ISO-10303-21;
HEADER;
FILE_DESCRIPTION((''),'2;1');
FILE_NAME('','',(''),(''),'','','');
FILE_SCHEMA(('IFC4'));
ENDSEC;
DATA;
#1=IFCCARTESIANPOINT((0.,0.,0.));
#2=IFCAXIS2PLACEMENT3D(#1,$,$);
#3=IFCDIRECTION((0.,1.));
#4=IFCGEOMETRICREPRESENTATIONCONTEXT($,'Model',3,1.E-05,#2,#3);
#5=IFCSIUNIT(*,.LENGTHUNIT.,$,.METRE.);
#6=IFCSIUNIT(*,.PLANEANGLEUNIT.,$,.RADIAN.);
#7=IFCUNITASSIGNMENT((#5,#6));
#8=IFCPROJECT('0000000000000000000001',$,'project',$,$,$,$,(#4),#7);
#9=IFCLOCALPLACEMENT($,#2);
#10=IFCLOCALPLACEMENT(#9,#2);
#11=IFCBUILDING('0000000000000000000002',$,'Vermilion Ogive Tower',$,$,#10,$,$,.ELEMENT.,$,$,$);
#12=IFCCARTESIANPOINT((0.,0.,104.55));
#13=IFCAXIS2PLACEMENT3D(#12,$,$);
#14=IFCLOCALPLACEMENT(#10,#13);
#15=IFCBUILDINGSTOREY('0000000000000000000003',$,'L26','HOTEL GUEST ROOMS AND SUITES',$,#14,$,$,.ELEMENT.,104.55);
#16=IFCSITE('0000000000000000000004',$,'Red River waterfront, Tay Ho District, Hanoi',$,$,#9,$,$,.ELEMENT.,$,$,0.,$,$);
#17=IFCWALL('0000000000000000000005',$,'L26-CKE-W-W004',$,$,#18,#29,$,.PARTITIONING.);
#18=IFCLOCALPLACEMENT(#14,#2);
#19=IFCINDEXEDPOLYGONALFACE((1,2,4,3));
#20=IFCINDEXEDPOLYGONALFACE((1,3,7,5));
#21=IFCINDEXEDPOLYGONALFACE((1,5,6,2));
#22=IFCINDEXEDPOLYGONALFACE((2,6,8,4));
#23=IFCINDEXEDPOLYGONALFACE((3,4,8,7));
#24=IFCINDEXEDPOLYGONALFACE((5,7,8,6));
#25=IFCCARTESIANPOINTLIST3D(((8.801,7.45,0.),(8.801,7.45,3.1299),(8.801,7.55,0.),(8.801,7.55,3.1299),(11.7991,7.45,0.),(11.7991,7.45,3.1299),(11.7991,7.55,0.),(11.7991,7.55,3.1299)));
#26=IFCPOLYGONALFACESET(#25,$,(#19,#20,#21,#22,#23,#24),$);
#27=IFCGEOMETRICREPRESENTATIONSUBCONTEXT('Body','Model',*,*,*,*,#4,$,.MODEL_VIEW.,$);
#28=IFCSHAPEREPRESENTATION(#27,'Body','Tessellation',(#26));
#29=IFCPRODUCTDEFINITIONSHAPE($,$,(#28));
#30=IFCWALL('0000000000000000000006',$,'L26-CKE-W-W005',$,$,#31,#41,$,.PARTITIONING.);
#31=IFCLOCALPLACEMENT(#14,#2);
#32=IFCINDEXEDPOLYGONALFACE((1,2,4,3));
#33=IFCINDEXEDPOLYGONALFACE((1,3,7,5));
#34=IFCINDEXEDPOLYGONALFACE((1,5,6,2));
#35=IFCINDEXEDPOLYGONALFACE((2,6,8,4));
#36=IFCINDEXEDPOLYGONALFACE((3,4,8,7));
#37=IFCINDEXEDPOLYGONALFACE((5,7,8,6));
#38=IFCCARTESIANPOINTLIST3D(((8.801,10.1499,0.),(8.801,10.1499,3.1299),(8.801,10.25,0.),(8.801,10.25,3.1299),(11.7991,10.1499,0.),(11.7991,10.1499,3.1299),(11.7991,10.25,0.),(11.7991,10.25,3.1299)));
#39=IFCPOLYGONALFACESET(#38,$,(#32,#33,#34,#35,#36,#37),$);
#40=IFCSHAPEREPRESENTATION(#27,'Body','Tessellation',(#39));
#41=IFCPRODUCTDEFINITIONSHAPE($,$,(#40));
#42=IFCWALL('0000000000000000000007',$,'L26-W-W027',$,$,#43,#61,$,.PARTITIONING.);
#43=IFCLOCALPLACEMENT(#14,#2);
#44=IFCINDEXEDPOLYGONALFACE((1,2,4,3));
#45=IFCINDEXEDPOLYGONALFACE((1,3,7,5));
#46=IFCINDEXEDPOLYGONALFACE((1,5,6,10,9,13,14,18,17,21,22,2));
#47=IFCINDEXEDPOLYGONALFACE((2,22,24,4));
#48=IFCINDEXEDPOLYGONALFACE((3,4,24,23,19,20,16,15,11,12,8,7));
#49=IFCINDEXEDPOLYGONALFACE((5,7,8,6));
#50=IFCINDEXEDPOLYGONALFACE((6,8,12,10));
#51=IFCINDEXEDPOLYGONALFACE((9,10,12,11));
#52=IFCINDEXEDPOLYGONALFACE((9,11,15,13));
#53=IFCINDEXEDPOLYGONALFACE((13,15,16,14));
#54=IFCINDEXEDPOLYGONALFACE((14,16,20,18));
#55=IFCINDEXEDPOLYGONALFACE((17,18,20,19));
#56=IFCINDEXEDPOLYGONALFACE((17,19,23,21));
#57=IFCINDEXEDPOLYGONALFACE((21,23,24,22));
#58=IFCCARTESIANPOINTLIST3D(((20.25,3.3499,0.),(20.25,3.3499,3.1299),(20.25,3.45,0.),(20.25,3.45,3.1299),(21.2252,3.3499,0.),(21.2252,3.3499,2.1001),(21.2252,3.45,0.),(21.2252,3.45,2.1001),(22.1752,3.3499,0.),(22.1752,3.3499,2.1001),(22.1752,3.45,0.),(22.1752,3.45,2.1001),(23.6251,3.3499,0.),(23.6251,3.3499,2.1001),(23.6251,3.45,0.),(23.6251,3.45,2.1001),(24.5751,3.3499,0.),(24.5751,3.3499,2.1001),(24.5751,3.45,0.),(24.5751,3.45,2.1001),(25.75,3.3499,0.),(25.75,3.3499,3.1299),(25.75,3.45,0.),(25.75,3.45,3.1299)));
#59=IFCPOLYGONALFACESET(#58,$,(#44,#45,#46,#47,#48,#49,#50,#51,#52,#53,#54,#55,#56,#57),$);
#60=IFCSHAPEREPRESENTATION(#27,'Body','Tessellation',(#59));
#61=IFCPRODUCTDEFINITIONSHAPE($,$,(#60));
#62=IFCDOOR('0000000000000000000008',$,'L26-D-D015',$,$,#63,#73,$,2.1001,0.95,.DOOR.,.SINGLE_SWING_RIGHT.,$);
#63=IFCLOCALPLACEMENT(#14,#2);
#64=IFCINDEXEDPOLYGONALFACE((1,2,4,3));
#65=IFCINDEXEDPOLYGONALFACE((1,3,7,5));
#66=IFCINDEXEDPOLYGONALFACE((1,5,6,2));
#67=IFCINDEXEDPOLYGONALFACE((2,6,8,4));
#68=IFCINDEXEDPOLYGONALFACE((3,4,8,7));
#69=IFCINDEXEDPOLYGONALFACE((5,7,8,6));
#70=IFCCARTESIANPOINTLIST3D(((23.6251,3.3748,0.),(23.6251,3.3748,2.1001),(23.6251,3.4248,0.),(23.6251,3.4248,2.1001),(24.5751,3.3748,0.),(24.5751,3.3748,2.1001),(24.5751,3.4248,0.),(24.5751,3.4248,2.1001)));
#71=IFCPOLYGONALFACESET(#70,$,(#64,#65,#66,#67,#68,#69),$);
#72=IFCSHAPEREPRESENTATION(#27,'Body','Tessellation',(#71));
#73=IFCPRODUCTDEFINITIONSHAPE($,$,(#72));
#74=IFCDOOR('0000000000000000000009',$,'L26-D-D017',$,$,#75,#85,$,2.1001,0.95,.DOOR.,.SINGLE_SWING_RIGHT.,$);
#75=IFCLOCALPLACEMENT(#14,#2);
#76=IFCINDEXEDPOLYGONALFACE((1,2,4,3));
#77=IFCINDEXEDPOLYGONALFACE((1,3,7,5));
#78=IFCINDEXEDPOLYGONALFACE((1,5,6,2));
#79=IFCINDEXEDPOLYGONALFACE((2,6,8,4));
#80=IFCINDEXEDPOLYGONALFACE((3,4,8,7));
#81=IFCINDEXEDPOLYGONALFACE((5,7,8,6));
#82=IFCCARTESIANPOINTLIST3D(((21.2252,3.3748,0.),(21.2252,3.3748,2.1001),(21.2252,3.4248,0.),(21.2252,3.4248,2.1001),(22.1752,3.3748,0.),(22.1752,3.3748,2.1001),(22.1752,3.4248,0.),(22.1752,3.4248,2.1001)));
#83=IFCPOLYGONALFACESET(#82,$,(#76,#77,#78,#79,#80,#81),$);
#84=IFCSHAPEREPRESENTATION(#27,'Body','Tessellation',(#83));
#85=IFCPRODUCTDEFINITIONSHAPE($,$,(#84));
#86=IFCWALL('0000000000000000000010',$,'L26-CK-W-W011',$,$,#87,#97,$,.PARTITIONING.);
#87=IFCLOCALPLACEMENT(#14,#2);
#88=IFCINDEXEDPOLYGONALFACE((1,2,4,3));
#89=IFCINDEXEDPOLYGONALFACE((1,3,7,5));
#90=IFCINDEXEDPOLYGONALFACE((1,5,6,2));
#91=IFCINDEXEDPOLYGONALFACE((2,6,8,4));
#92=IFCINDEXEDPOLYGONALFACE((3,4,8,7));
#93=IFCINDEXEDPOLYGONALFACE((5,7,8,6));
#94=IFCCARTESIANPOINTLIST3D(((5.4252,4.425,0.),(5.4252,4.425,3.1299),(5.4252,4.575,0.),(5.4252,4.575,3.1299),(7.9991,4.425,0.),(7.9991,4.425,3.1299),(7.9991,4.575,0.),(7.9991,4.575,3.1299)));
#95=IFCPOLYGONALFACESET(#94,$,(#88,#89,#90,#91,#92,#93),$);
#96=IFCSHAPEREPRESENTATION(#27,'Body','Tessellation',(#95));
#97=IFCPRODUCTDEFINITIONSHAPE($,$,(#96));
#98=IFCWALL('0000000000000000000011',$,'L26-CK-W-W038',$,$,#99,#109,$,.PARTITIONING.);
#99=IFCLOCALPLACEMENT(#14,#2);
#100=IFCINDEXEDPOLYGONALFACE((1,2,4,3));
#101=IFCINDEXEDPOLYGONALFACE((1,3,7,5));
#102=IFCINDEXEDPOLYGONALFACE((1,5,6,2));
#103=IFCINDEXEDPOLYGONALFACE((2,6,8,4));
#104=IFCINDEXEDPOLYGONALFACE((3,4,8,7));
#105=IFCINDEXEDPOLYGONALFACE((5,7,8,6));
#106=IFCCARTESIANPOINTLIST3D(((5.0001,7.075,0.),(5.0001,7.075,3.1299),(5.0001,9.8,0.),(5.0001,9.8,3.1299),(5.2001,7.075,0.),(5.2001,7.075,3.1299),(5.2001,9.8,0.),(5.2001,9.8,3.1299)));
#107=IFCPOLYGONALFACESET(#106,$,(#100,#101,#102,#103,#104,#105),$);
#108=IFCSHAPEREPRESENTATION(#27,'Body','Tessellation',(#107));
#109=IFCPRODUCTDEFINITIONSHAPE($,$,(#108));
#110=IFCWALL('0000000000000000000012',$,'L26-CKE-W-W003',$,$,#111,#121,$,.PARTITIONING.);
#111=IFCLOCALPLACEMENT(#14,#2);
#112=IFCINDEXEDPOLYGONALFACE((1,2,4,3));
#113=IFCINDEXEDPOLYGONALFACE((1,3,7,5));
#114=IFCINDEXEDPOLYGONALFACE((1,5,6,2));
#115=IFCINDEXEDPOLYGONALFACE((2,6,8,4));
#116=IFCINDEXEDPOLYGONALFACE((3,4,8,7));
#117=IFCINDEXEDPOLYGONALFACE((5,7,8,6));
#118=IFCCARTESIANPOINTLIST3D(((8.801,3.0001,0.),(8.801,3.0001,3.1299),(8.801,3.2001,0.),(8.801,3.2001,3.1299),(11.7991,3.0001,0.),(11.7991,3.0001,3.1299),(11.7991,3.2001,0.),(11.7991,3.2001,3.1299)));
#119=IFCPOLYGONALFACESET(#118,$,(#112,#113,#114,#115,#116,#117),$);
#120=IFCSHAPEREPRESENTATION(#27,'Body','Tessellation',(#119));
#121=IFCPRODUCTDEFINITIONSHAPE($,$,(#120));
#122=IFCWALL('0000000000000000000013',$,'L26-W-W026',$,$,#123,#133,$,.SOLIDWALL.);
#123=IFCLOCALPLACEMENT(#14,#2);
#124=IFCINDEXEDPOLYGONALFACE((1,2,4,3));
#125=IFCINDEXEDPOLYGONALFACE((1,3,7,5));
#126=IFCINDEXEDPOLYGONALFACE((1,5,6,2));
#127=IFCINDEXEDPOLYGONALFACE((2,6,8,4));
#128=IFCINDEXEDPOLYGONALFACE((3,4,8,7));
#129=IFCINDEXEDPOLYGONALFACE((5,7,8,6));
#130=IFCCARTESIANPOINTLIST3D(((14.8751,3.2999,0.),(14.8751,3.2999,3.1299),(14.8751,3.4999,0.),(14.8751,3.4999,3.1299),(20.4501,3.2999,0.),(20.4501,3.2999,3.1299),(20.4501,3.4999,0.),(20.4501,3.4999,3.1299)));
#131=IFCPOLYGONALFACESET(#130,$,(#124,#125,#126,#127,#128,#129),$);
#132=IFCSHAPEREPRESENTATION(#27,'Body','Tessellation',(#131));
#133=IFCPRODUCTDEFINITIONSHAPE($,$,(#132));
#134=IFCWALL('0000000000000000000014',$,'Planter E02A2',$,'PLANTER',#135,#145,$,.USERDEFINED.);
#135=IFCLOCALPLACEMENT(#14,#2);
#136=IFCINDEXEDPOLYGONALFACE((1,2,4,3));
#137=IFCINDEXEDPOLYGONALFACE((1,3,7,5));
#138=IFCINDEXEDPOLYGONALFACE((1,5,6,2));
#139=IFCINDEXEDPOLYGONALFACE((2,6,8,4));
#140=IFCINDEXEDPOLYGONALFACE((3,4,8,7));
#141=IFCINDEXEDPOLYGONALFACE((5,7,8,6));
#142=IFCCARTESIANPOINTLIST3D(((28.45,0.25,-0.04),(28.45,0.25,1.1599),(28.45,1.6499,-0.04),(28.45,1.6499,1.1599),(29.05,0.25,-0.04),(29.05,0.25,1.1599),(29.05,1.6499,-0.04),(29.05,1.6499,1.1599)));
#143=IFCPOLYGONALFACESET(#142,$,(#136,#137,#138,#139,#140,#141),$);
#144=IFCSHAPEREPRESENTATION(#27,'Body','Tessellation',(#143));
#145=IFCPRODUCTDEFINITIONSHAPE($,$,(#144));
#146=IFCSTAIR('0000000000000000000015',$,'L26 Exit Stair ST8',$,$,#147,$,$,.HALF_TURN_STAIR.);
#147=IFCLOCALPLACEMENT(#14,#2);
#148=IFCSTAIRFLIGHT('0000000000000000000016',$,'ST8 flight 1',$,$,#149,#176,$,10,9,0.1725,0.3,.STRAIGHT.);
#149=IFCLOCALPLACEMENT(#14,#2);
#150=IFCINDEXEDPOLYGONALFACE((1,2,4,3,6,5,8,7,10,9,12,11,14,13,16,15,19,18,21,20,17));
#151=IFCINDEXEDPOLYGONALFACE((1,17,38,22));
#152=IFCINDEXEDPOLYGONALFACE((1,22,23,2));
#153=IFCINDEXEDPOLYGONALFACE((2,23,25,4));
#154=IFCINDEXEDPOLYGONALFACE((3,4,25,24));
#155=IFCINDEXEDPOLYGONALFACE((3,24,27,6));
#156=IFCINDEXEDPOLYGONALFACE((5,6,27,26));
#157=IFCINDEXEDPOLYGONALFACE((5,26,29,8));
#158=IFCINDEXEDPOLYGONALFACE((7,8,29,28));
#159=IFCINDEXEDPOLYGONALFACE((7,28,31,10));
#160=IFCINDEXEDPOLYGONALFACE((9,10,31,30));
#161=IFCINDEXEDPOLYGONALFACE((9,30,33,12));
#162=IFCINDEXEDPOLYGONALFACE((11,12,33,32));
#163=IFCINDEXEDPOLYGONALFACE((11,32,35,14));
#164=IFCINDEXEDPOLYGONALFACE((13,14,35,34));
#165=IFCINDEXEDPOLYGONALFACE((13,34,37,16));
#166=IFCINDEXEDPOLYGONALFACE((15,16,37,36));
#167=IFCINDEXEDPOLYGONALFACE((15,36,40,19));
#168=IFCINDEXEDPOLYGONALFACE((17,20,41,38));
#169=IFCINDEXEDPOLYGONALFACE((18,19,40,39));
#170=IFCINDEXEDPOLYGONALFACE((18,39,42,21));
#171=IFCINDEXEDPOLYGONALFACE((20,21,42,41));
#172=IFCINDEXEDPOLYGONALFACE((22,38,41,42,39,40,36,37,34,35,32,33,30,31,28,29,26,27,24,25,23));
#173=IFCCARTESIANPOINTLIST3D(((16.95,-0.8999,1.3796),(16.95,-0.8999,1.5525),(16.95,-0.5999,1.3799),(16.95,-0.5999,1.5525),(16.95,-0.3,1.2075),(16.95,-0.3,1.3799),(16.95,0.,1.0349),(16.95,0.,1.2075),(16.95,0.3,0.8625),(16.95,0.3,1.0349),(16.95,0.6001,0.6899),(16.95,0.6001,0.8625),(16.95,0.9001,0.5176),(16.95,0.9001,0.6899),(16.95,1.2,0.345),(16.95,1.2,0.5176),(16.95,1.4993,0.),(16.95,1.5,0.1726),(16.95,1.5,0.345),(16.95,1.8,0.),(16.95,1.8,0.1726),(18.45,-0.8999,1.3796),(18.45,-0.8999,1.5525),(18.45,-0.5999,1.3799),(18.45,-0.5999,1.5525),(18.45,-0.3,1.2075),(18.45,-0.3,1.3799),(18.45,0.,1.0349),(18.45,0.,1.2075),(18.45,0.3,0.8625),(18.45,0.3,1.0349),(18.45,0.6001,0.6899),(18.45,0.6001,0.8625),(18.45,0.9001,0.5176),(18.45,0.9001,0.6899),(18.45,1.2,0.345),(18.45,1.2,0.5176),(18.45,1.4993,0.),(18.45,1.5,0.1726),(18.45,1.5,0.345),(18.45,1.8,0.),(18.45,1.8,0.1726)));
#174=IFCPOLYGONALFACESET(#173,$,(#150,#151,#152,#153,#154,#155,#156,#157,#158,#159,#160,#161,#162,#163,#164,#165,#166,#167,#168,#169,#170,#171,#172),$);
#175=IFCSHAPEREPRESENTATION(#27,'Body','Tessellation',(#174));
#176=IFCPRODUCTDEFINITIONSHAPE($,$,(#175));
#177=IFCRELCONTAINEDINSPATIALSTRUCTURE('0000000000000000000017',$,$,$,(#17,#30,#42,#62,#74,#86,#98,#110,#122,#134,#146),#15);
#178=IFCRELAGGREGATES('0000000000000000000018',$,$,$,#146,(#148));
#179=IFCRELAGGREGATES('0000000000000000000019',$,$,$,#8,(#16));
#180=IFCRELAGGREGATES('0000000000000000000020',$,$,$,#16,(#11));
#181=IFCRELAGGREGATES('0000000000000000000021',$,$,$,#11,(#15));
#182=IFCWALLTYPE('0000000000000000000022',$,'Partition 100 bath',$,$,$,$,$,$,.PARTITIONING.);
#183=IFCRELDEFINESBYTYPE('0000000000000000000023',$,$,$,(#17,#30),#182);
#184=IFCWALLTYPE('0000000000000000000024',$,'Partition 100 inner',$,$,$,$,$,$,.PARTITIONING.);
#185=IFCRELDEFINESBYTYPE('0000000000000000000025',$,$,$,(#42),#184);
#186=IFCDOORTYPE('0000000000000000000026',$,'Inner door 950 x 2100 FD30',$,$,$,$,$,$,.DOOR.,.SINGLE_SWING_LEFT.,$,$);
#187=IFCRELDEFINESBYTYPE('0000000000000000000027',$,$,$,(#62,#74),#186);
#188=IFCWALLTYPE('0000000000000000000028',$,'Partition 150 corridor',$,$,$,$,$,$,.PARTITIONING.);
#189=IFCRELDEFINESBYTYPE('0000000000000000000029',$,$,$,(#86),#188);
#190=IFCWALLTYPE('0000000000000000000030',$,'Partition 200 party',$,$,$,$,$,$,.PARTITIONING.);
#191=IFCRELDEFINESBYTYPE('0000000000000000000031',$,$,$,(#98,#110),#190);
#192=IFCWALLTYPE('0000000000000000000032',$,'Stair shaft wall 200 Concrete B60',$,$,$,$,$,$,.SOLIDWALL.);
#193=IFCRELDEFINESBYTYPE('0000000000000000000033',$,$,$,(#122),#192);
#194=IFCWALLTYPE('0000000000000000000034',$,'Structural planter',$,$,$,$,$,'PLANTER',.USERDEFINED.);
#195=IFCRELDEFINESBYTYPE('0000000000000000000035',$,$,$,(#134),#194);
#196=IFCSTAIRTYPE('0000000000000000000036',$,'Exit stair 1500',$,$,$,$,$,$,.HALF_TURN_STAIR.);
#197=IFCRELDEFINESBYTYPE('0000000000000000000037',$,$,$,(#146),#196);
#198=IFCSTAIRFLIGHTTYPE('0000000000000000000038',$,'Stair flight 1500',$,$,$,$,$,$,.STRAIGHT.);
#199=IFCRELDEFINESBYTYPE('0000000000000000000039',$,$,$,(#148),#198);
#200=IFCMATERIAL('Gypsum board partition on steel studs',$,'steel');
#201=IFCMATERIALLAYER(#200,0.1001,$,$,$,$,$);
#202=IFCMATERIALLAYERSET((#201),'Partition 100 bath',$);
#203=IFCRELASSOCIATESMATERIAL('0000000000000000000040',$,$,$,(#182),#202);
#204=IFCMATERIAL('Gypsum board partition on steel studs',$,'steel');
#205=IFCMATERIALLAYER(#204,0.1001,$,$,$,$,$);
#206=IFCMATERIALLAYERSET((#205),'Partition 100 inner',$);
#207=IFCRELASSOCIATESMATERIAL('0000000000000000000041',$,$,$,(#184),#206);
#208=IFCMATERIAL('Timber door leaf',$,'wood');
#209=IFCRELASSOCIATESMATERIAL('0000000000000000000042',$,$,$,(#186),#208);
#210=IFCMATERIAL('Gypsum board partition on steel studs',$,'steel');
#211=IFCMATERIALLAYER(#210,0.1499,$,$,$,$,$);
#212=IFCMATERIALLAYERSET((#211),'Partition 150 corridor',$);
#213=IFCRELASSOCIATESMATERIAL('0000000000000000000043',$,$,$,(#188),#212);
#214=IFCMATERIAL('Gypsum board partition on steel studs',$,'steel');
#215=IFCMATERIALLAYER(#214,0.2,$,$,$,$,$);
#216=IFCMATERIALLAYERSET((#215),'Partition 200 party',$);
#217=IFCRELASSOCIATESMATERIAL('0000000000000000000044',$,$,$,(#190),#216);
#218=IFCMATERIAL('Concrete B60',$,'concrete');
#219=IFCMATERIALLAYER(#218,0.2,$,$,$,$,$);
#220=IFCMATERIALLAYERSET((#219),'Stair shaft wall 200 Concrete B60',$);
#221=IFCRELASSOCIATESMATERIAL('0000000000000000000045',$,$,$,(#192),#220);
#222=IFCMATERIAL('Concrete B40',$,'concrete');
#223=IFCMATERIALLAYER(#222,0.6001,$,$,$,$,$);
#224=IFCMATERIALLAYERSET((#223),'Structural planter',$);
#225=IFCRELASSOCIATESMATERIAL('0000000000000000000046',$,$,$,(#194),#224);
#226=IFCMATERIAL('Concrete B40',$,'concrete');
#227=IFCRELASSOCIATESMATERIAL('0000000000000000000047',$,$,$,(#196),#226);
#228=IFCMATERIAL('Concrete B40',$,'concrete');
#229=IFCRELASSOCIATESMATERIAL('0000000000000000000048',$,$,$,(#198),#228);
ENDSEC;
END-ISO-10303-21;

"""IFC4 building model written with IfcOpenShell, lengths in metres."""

from ifc_helpers import new_model, si_unit, direction, frame, frame_2d, origin, place, context, subcontext, project, spatial, polyline, rectangle, outline, extrude, material, layer, layer_set, type_object, element, fill, aggregate, save


model = new_model("IFC4")

# Units and contexts
model_context = context("Model", 3, precision=1e-05, world=origin(), true_north=direction((0.0, 1.0)))
body_context = subcontext(model_context, "Body", "Model", "MODEL_VIEW")
ifc_project = project(units=[si_unit("LENGTHUNIT", "METRE"), si_unit("PLANEANGLEUNIT", "RADIAN")], contexts=[model_context])

# Site, building, storey
site_placement = place(None, origin())
site = spatial("IfcSite", under=ifc_project, at=site_placement, Name="Red River waterfront, Tay Ho District, Hanoi", CompositionType="ELEMENT", RefElevation=0.0)
building_placement = place(site_placement, origin())
building = spatial("IfcBuilding", under=site, at=building_placement, Name="Vermilion Ogive Tower", CompositionType="ELEMENT")
storey_placement = place(building_placement, frame((0.0, 0.0, 104.55)))
storey = spatial("IfcBuildingStorey", under=building, at=storey_placement, Name="L26", Description="HOTEL GUEST ROOMS AND SUITES", CompositionType="ELEMENT", Elevation=104.55)

# Walls
ifc_material_1 = material(Name="Gypsum board partition on steel studs", Category="steel")
ifc_layer_1 = layer(ifc_material_1, 0.1001)
ifc_layer_set_1 = layer_set([ifc_layer_1], Name="Partition 100 bath")
wall_type_1 = type_object("IfcWallType", Name="Partition 100 bath", PredefinedType="PARTITIONING", material=ifc_layer_set_1)
for number, where, z_axis, x_axis, name in (
    (1, (8.801, 7.5, 0.0), (0.0, 0.0, 1.0), (1.0, 0.0, 0.0), "L26-CKE-W-W004"),
    (2, (8.801, 10.2, 0.0), (0.0, 0.0, 1.0), (1.0, 0.0, 0.0), "L26-CKE-W-W005"),
):
    element("IfcWall", number, at=place(storey_placement, frame(where, z_axis=z_axis, x_axis=x_axis)), inside=storey, type_object=wall_type_1, Name=name, PredefinedType="PARTITIONING", context=body_context, shape_type="SweptSolid", body=[
        extrude(rectangle(XDim=2.998, YDim=0.1001, at=frame_2d((1.499, 0.0))), origin(), (0.0, 0.0, 1.0), 3.1299),
    ])

# Wall, openings, doors
ifc_material_2 = material(Name="Gypsum board partition on steel studs", Category="steel")
ifc_layer_2 = layer(ifc_material_2, 0.1001)
ifc_layer_set_2 = layer_set([ifc_layer_2], Name="Partition 100 inner")
wall_type_2 = type_object("IfcWallType", Name="Partition 100 inner", PredefinedType="PARTITIONING", material=ifc_layer_set_2)
wall_1_placement = place(storey_placement, frame((20.25, 3.3999, 0.0), z_axis=(0.0, 0.0, 1.0), x_axis=(1.0, 0.0, 0.0)))
wall_1 = element("IfcWall", 3, at=wall_1_placement, inside=storey, type_object=wall_type_2, Name="L26-W-W027", PredefinedType="PARTITIONING", context=body_context, shape_type="SweptSolid", body=[
    extrude(rectangle(XDim=5.5, YDim=0.1001, at=frame_2d((2.75, 0.0))), origin(), (0.0, 0.0, 1.0), 3.1299),
])
opening_1_placement = place(wall_1_placement, frame((3.375, 0.0, 0.0)))
opening_1 = element("IfcOpeningElement", 4, at=opening_1_placement, cuts=wall_1, PredefinedType="OPENING", context=body_context, shape_type="SweptSolid", body=[
    extrude(rectangle(XDim=0.95, YDim=2.1001, at=frame_2d((0.4751, 1.05))), frame((0.0, 0.0601, 0.0), z_axis=(0.0, -1.0, 0.0), x_axis=(1.0, 0.0, 0.0)), (0.0, 0.0, 1.0), 0.1201),
])
opening_2_placement = place(wall_1_placement, frame((0.9751, 0.0, 0.0)))
opening_2 = element("IfcOpeningElement", 5, at=opening_2_placement, cuts=wall_1, PredefinedType="OPENING", context=body_context, shape_type="SweptSolid", body=[
    extrude(rectangle(XDim=0.95, YDim=2.1001, at=frame_2d((0.4751, 1.05))), frame((0.0, 0.0601, 0.0), z_axis=(0.0, -1.0, 0.0), x_axis=(1.0, 0.0, 0.0)), (0.0, 0.0, 1.0), 0.1201),
])
ifc_material_3 = material(Name="Timber door leaf", Category="wood")
door_type = type_object("IfcDoorType", Name="Inner door 950 x 2100 FD30", OperationType="SINGLE_SWING_LEFT", PredefinedType="DOOR", material=ifc_material_3)
door_1_placement = place(opening_1_placement, origin())
door_1 = element("IfcDoor", 6, at=door_1_placement, inside=storey, type_object=door_type, Name="L26-D-D015", OperationType="SINGLE_SWING_RIGHT", OverallHeight=2.1001, OverallWidth=0.95, PredefinedType="DOOR", context=body_context, shape_type="SweptSolid", body=[
    extrude(rectangle(XDim=0.95, YDim=2.1001, at=frame_2d((0.4751, 1.05))), frame((0.0, 0.0249, 0.0), z_axis=(0.0, -1.0, 0.0), x_axis=(1.0, 0.0, 0.0)), (0.0, 0.0, 1.0), 0.05),
])
fill(opening_1, door_1)
door_2_placement = place(opening_2_placement, origin())
door_2 = element("IfcDoor", 7, at=door_2_placement, inside=storey, type_object=door_type, Name="L26-D-D017", OperationType="SINGLE_SWING_RIGHT", OverallHeight=2.1001, OverallWidth=0.95, PredefinedType="DOOR", context=body_context, shape_type="SweptSolid", body=[
    extrude(rectangle(XDim=0.95, YDim=2.1001, at=frame_2d((0.4751, 1.05))), frame((0.0, 0.0249, 0.0), z_axis=(0.0, -1.0, 0.0), x_axis=(1.0, 0.0, 0.0)), (0.0, 0.0, 1.0), 0.05),
])
fill(opening_2, door_2)

# Walls
ifc_material_4 = material(Name="Gypsum board partition on steel studs", Category="steel")
ifc_layer_3 = layer(ifc_material_4, 0.1499)
ifc_layer_set_3 = layer_set([ifc_layer_3], Name="Partition 150 corridor")
wall_type_3 = type_object("IfcWallType", Name="Partition 150 corridor", PredefinedType="PARTITIONING", material=ifc_layer_set_3)
wall_2_placement = place(storey_placement, frame((5.425, 4.5, 0.0), z_axis=(0.0, 0.0, 1.0), x_axis=(1.0, 0.0, 0.0)))
element("IfcWall", 8, at=wall_2_placement, inside=storey, type_object=wall_type_3, Name="L26-CK-W-W011", PredefinedType="PARTITIONING", context=body_context, shape_type="SweptSolid", body=[
    extrude(rectangle(XDim=2.574, YDim=0.1499, at=frame_2d((1.2871, 0.0))), origin(), (0.0, 0.0, 1.0), 3.1299),
])
ifc_material_5 = material(Name="Gypsum board partition on steel studs", Category="steel")
ifc_layer_4 = layer(ifc_material_5, 0.2)
ifc_layer_set_4 = layer_set([ifc_layer_4], Name="Partition 200 party")
wall_type_4 = type_object("IfcWallType", Name="Partition 200 party", PredefinedType="PARTITIONING", material=ifc_layer_set_4)
wall_3_placement = place(storey_placement, frame((5.1001, 7.075, 0.0), z_axis=(0.0, 0.0, 1.0), x_axis=(0.0, 1.0, 0.0)))
element("IfcWall", 9, at=wall_3_placement, inside=storey, type_object=wall_type_4, Name="L26-CK-W-W038", PredefinedType="PARTITIONING", context=body_context, shape_type="SweptSolid", body=[
    extrude(rectangle(XDim=2.7251, YDim=0.2, at=frame_2d((1.3625, 0.0))), origin(), (0.0, 0.0, 1.0), 3.1299),
])
wall_4_placement = place(storey_placement, frame((8.801, 3.1001, 0.0), z_axis=(0.0, 0.0, 1.0), x_axis=(1.0, 0.0, 0.0)))
element("IfcWall", 10, at=wall_4_placement, inside=storey, type_object=wall_type_4, Name="L26-CKE-W-W003", PredefinedType="PARTITIONING", context=body_context, shape_type="SweptSolid", body=[
    extrude(rectangle(XDim=2.998, YDim=0.2, at=frame_2d((1.499, 0.0))), origin(), (0.0, 0.0, 1.0), 3.1299),
])
ifc_material_6 = material(Name="Concrete B60", Category="concrete")
ifc_layer_5 = layer(ifc_material_6, 0.2)
ifc_layer_set_5 = layer_set([ifc_layer_5], Name="Stair shaft wall 200 Concrete B60")
wall_type_5 = type_object("IfcWallType", Name="Stair shaft wall 200 Concrete B60", PredefinedType="SOLIDWALL", material=ifc_layer_set_5)
wall_5_placement = place(storey_placement, frame((14.875, 3.3999, 0.0), z_axis=(0.0, 0.0, 1.0), x_axis=(1.0, 0.0, 0.0)))
element("IfcWall", 11, at=wall_5_placement, inside=storey, type_object=wall_type_5, Name="L26-W-W026", PredefinedType="SOLIDWALL", context=body_context, shape_type="SweptSolid", body=[
    extrude(rectangle(XDim=5.575, YDim=0.2, at=frame_2d((2.7876, 0.0))), origin(), (0.0, 0.0, 1.0), 3.1299),
])
ifc_material_7 = material(Name="Concrete B40", Category="concrete")
ifc_layer_6 = layer(ifc_material_7, 0.6001)
ifc_layer_set_6 = layer_set([ifc_layer_6], Name="Structural planter")
wall_type_6 = type_object("IfcWallType", Name="Structural planter", ElementType="PLANTER", PredefinedType="USERDEFINED", material=ifc_layer_set_6)
wall_6_placement = place(storey_placement, frame((28.75, 0.25, -0.04), z_axis=(0.0, 0.0, 1.0), x_axis=(0.0, 1.0, 0.0)))
element("IfcWall", 12, at=wall_6_placement, inside=storey, type_object=wall_type_6, Name="Planter E02A2", ObjectType="PLANTER", PredefinedType="USERDEFINED", context=body_context, shape_type="SweptSolid", body=[
    extrude(rectangle(XDim=1.3999, YDim=0.6001, at=frame_2d((0.7, 0.0))), origin(), (0.0, 0.0, 1.0), 1.2),
])

# Stair, stair flight
ifc_material_8 = material(Name="Concrete B40", Category="concrete")
stair_type = type_object("IfcStairType", Name="Exit stair 1500", PredefinedType="HALF_TURN_STAIR", material=ifc_material_8)
stair_placement = place(storey_placement, origin())
stair = element("IfcStair", 13, at=stair_placement, inside=storey, type_object=stair_type, Name="L26 Exit Stair ST8", PredefinedType="HALF_TURN_STAIR")
ifc_material_9 = material(Name="Concrete B40", Category="concrete")
stair_flight_type = type_object("IfcStairFlightType", Name="Stair flight 1500", PredefinedType="STRAIGHT", material=ifc_material_9)
stair_flight_placement = place(storey_placement, frame((17.7, 1.8, 0.0), z_axis=(0.0, 0.0, 1.0), x_axis=(0.0, -1.0, 0.0)))
stair_flight = element("IfcStairFlight", 14, at=stair_flight_placement, type_object=stair_flight_type, Name="ST8 flight 1", NumberOfRisers=10, NumberOfTreads=9, PredefinedType="STRAIGHT", RiserHeight=0.1725, TreadLength=0.3, context=body_context, shape_type="SweptSolid", body=[
    extrude(outline(polyline([(0.0, 0.0), (0.0, 0.1726), (0.3, 0.1726), (0.3, 0.345), (0.6001, 0.345), (0.6001, 0.5176), (0.8999, 0.5176), (0.8999, 0.6899), (1.2, 0.6899), (1.2, 0.8625), (1.5, 0.8625), (1.5, 1.0349), (1.8, 1.0349), (1.8, 1.2075), (2.1001, 1.2075), (2.1001, 1.3799), (2.3999, 1.3799), (2.3999, 1.5525), (2.7, 1.5525), (2.7, 1.7251), (2.7, 1.3796), (0.3008, 0.0), (0.0, 0.0)])), frame((0.0, 0.75, 0.0), z_axis=(0.0, -1.0, 0.0), x_axis=(1.0, 0.0, 0.0)), (0.0, 0.0, 1.0), 1.5),
])
aggregate(stair, [stair_flight])

save(model, "model.ifc")
